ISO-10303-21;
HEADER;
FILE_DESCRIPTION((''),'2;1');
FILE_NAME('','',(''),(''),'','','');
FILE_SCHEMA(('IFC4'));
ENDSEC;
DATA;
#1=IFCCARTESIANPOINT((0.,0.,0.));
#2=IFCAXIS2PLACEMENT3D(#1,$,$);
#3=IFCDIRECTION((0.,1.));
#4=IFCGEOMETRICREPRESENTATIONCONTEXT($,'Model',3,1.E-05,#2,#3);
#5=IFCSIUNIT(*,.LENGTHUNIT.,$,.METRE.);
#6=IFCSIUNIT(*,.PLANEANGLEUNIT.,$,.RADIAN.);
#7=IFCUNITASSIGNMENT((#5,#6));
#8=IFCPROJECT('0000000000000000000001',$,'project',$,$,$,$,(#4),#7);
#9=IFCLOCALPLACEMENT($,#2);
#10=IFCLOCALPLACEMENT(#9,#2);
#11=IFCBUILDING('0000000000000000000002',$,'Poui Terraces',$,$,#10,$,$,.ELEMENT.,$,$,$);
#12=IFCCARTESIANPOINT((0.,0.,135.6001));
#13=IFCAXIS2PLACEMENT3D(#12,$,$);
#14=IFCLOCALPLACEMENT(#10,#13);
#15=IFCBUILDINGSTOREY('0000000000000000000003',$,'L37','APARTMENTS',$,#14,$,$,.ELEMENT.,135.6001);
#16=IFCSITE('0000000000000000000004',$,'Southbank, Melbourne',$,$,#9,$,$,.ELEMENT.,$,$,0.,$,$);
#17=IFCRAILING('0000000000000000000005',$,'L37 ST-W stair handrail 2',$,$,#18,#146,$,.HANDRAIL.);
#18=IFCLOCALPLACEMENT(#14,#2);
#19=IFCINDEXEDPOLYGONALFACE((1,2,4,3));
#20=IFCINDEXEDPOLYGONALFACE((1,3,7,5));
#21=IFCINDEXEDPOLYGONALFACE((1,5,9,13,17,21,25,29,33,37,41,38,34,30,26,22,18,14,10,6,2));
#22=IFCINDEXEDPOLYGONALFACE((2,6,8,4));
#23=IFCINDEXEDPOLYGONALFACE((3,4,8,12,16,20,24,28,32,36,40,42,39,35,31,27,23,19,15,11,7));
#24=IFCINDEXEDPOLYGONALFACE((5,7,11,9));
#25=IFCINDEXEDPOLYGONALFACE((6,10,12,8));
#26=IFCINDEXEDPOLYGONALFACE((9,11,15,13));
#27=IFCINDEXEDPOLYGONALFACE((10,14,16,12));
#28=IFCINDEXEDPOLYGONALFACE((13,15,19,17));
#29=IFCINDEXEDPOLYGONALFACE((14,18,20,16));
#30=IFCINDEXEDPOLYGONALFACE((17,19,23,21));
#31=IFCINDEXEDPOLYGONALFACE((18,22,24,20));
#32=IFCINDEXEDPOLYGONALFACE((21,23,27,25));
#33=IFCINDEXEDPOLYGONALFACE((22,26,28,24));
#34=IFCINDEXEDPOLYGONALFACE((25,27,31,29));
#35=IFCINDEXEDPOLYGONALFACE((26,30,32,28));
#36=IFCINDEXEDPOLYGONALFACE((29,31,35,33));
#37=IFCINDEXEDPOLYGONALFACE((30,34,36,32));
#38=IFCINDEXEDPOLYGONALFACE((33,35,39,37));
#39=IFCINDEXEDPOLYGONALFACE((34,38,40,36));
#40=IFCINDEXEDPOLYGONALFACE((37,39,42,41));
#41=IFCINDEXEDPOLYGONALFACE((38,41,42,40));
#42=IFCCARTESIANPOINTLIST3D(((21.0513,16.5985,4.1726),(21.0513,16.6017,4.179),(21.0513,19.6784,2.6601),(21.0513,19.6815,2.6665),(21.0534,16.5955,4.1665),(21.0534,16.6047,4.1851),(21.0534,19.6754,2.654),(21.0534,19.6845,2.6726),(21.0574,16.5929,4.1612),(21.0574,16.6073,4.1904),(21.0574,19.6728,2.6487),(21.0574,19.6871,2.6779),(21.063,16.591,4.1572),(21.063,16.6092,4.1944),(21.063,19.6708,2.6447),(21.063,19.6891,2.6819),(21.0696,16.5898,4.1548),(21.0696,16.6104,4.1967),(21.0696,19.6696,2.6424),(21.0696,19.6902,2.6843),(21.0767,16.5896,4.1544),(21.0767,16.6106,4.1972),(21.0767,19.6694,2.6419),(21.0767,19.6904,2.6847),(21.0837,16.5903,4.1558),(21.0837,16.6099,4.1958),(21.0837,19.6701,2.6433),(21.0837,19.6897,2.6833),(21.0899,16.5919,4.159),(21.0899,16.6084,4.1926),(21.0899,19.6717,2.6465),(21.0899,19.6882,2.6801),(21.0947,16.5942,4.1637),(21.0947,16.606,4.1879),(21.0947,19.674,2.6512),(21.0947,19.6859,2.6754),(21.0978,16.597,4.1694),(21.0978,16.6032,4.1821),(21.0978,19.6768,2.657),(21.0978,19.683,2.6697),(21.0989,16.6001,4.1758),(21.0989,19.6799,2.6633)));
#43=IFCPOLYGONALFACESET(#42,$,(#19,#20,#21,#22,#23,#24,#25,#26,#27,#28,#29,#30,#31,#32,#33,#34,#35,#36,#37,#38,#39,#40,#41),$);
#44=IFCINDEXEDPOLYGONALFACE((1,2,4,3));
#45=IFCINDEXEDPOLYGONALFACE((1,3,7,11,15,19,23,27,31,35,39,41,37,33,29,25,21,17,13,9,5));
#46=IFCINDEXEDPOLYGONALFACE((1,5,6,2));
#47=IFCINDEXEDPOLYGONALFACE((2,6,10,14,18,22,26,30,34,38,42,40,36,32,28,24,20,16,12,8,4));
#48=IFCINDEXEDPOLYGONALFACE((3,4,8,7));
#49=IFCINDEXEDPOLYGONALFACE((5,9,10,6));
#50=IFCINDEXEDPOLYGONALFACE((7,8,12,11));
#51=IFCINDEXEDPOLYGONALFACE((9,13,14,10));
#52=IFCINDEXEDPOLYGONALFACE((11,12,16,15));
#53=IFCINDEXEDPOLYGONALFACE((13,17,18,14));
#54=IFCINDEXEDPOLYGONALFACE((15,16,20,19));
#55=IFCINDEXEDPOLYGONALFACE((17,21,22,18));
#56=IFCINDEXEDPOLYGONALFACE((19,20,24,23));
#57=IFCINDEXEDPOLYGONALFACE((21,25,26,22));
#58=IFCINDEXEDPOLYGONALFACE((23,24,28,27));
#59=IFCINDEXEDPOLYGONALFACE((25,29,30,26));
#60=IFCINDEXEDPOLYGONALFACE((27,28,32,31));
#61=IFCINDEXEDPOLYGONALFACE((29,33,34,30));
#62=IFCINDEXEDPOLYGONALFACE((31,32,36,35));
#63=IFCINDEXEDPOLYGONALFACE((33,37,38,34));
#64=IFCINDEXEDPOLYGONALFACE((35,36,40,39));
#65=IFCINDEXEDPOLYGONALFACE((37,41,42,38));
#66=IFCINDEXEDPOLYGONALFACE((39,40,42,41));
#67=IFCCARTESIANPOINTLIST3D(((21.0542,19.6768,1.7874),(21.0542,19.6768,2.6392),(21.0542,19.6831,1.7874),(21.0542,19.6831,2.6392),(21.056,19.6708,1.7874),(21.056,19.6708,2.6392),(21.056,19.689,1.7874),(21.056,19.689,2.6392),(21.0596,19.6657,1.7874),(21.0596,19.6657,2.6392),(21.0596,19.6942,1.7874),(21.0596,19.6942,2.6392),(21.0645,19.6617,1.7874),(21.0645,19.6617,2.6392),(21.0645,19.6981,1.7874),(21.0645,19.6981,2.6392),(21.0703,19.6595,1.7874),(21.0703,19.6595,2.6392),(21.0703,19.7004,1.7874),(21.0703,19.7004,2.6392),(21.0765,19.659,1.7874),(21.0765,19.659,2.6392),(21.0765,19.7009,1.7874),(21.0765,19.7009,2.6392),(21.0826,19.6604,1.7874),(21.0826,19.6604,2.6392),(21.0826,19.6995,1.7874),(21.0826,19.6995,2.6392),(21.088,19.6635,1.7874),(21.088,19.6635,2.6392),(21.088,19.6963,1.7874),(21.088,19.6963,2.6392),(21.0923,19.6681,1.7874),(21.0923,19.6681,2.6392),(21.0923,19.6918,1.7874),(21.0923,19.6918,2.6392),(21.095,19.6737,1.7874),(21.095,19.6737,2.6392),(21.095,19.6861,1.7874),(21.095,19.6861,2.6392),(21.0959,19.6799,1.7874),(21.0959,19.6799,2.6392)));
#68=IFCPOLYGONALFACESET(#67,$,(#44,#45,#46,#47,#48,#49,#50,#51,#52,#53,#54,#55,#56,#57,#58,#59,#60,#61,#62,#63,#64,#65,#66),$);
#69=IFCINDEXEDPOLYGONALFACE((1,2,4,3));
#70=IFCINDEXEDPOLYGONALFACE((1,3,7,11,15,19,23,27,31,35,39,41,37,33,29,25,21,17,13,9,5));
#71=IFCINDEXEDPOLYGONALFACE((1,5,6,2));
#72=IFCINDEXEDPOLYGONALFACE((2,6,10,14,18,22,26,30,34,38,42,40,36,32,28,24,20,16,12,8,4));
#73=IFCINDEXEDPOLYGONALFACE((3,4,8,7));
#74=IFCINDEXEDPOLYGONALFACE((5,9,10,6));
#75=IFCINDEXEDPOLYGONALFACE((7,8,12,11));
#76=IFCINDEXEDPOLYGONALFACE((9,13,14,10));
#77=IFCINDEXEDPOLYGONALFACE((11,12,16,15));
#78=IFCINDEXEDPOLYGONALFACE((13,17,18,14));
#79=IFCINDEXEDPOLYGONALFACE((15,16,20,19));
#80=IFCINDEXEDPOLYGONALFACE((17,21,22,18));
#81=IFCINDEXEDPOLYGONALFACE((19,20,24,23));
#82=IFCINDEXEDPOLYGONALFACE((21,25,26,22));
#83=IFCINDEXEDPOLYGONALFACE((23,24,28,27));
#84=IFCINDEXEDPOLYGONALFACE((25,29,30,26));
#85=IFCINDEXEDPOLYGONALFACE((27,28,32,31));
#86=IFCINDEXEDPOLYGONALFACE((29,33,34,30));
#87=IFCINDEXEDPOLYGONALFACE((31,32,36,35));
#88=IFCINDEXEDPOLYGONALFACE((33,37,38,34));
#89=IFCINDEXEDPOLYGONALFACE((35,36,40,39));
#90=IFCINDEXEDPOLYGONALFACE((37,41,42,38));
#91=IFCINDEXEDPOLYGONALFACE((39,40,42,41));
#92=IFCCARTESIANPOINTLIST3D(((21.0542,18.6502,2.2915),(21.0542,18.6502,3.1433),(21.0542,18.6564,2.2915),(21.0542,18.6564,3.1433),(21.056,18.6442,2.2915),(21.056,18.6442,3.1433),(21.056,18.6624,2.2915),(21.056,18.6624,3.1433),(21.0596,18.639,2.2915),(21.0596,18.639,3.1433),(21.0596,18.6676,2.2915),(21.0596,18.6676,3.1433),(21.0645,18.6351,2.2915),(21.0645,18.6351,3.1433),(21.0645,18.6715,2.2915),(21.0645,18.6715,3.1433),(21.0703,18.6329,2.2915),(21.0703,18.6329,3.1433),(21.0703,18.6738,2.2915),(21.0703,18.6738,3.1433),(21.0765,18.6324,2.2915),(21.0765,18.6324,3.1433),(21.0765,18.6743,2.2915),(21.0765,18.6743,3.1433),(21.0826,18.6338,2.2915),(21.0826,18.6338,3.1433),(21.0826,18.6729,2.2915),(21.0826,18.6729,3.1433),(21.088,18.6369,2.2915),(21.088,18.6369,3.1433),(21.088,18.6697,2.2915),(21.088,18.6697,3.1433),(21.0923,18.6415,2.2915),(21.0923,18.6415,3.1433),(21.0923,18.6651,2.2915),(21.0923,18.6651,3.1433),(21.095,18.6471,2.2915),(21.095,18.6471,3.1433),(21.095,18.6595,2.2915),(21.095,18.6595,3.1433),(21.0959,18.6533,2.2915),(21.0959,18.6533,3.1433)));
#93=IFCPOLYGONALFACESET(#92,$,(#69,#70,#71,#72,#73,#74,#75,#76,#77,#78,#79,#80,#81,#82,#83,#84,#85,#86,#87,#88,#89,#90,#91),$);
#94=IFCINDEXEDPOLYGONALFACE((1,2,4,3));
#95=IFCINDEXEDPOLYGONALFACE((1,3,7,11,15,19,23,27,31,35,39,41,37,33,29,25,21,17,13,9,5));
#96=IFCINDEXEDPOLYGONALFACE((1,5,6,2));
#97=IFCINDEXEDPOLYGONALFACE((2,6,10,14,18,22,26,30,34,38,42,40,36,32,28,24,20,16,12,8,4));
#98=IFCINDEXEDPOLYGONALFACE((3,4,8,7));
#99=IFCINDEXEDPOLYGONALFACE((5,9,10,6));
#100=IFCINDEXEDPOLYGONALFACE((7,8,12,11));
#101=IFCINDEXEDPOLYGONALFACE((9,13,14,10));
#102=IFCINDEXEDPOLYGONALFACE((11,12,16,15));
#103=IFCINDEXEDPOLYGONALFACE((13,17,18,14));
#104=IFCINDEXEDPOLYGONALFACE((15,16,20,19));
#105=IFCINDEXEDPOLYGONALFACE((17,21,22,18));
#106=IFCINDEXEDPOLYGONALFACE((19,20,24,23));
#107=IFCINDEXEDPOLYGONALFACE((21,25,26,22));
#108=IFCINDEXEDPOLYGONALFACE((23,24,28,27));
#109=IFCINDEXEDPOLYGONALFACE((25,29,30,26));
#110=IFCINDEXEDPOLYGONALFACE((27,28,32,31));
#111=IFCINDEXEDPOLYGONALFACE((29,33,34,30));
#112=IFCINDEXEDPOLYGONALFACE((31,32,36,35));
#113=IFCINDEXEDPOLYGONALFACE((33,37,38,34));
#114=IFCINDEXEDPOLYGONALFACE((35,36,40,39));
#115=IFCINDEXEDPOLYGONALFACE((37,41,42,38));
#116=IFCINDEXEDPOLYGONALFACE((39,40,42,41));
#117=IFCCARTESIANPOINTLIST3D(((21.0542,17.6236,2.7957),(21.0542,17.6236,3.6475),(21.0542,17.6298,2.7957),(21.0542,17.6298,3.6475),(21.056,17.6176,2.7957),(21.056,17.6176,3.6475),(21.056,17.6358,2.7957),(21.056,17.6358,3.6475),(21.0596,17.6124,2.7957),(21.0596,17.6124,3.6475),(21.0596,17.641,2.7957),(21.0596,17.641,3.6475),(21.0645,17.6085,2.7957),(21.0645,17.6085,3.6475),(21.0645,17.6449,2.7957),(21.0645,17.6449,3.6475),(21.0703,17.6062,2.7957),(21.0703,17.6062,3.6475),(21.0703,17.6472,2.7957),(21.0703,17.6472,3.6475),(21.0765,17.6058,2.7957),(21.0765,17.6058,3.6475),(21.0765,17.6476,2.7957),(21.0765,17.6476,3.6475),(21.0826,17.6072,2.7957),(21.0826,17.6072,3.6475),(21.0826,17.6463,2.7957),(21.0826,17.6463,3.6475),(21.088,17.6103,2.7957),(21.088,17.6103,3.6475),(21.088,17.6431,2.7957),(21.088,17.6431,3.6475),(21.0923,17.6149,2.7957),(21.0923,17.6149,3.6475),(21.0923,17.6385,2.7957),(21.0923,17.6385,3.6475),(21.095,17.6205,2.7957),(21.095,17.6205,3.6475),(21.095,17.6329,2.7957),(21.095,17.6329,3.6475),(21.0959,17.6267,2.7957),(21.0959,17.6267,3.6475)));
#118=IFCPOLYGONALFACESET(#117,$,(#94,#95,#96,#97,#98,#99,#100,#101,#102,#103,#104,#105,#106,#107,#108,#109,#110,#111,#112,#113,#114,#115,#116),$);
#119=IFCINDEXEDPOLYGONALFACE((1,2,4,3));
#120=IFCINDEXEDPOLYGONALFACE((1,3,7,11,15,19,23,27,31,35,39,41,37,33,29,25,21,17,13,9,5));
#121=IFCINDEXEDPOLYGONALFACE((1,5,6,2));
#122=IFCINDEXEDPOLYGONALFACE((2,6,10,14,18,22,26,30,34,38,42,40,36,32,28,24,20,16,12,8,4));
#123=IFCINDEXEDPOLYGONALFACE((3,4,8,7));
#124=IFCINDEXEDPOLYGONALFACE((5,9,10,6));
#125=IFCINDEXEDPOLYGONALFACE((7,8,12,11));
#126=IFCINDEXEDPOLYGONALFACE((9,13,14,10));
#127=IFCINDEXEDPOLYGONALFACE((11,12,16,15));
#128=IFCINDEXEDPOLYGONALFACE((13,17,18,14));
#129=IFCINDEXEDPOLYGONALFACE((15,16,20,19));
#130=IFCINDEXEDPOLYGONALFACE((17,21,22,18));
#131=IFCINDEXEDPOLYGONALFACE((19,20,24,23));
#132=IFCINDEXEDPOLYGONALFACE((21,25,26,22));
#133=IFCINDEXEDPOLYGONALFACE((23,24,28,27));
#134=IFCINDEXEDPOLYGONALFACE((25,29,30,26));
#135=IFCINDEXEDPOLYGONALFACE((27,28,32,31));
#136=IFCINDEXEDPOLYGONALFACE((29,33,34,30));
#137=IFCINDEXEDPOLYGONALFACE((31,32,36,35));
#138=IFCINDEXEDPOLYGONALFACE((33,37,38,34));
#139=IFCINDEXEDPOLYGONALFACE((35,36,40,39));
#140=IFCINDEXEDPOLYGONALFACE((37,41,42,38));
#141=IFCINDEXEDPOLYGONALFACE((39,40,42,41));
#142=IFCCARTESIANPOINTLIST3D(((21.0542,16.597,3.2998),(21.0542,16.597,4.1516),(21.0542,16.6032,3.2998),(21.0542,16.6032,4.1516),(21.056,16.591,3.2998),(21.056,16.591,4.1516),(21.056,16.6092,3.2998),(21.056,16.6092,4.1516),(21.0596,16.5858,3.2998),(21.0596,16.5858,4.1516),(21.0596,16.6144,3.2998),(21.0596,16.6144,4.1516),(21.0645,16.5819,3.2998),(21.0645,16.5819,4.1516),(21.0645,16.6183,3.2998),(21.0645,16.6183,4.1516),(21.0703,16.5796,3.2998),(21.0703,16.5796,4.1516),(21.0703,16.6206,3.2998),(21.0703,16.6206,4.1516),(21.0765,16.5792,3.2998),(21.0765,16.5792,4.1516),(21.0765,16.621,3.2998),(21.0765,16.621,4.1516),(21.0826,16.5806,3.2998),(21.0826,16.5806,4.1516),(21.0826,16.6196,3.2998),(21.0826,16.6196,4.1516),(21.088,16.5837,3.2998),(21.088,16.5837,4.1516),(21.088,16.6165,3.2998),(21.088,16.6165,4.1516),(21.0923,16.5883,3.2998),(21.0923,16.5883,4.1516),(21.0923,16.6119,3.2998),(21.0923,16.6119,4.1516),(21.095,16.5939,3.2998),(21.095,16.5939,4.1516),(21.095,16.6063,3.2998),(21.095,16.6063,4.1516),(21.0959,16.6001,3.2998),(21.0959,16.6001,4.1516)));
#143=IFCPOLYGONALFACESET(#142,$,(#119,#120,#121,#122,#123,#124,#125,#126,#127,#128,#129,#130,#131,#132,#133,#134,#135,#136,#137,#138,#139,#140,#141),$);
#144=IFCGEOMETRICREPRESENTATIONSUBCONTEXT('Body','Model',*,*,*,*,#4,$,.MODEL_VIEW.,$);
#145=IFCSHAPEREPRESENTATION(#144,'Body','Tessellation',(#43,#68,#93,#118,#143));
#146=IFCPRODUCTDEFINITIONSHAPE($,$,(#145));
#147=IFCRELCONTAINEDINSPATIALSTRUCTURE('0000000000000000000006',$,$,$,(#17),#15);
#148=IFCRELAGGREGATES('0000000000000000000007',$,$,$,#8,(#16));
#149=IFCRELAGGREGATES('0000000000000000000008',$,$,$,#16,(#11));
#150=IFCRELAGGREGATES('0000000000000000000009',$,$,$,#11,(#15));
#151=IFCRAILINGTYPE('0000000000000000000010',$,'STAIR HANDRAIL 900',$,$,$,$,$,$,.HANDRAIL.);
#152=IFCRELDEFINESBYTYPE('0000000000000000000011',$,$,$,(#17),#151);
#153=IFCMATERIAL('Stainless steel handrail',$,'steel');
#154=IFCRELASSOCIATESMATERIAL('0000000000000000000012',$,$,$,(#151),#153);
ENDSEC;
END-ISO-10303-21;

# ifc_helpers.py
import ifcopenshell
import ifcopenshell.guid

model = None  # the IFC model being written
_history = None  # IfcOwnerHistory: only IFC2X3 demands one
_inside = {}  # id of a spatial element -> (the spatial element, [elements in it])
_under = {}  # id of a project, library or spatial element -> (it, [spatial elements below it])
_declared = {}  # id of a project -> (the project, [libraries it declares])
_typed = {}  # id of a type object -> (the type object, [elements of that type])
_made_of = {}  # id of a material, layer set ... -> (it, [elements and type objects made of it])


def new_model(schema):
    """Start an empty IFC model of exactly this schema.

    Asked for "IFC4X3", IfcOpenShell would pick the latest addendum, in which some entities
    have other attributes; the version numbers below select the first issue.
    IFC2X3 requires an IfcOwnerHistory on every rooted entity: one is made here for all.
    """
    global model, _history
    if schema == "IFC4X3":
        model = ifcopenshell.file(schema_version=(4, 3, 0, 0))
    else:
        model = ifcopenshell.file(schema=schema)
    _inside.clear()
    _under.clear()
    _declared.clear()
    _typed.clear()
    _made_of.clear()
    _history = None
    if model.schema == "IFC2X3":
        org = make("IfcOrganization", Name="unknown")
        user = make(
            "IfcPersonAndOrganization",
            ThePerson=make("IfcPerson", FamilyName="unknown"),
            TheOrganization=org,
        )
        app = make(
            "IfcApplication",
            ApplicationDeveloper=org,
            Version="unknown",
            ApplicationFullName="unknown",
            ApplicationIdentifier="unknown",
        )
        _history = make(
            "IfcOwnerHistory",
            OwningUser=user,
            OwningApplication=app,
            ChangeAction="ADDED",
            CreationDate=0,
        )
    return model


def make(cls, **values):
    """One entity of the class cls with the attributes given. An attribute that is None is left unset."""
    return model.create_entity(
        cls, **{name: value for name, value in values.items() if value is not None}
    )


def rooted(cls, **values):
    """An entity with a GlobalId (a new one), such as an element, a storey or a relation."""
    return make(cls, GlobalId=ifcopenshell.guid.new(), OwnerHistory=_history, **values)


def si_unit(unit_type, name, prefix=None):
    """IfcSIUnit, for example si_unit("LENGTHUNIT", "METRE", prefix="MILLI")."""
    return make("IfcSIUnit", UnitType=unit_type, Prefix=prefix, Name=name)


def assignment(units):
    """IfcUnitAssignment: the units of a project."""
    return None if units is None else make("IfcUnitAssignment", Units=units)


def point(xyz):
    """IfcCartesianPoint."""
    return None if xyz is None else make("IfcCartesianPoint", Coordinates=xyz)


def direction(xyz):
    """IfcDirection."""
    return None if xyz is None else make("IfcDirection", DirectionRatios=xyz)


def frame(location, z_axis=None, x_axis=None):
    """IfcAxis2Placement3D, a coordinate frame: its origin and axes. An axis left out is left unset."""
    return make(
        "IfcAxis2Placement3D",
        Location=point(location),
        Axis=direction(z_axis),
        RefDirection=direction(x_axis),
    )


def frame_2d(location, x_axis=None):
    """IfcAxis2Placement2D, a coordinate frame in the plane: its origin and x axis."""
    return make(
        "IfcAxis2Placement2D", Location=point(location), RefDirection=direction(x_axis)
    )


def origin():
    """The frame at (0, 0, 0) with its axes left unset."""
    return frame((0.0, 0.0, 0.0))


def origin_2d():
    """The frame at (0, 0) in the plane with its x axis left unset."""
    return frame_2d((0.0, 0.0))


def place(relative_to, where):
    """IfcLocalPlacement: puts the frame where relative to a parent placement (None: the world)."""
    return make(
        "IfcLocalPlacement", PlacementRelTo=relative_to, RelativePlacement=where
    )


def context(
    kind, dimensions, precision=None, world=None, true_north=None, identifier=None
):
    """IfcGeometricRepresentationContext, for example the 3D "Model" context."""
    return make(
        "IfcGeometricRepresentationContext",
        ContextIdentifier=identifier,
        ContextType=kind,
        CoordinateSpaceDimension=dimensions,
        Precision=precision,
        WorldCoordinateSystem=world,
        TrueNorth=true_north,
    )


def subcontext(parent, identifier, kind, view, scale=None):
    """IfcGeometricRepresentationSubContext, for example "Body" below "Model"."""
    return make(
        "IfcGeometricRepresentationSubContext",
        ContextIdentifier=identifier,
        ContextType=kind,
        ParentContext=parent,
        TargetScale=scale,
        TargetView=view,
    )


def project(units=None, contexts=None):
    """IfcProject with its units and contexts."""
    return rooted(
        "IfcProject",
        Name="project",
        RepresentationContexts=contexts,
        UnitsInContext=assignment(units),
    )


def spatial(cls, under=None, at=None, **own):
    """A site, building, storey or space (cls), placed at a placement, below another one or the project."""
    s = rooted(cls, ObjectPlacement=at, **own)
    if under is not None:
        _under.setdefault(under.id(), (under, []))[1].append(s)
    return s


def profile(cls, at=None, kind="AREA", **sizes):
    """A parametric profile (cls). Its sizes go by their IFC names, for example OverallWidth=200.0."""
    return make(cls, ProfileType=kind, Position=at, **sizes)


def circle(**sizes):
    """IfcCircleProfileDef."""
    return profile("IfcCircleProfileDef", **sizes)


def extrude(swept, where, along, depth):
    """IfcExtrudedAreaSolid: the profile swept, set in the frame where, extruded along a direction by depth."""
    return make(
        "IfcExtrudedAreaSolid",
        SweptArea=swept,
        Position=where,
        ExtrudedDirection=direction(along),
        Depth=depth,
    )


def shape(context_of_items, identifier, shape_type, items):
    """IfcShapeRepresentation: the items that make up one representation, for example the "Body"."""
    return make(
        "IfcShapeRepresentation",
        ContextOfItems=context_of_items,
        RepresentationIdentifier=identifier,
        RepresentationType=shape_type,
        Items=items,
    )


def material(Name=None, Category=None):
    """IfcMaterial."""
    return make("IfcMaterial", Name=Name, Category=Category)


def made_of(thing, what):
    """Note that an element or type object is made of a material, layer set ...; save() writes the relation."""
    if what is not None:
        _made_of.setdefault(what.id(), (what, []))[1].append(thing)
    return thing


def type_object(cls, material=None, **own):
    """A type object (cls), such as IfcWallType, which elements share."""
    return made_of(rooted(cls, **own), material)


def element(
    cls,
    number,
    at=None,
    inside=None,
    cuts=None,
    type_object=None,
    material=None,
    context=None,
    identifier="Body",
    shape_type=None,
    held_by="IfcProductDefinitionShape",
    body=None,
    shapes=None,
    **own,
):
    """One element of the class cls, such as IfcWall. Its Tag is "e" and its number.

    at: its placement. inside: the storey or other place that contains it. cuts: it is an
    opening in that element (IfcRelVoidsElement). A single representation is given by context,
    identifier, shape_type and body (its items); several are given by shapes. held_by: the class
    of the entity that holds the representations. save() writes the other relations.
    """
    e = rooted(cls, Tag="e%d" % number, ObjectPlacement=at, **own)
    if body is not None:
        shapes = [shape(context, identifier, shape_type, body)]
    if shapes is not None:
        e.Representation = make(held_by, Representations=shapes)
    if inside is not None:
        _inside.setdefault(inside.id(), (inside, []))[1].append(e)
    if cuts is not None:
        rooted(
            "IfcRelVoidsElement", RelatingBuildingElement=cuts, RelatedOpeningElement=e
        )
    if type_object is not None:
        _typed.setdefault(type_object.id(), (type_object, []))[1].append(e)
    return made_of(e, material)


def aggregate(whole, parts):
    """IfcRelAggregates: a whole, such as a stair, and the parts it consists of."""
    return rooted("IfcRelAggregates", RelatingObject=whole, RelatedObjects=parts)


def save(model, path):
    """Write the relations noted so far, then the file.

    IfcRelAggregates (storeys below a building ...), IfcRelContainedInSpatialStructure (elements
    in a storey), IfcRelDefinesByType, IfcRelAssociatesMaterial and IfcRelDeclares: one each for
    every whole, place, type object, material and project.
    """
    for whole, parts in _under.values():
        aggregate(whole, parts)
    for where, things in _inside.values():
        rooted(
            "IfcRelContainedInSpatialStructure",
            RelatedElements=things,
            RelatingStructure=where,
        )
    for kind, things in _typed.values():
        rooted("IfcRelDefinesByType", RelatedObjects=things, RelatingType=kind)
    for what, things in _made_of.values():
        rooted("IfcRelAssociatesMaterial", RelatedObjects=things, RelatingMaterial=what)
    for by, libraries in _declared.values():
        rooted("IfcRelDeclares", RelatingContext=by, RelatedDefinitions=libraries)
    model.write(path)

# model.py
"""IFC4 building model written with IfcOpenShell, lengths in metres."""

from ifc_helpers import new_model, si_unit, direction, frame, origin, origin_2d, place, context, subcontext, project, spatial, circle, extrude, material, type_object, element, save


model = new_model("IFC4")

# Units and contexts
model_context = context("Model", 3, precision=1e-05, world=origin(), true_north=direction((0.0, 1.0)))
body_context = subcontext(model_context, "Body", "Model", "MODEL_VIEW")
ifc_project = project(units=[si_unit("LENGTHUNIT", "METRE"), si_unit("PLANEANGLEUNIT", "RADIAN")], contexts=[model_context])

# Site, building, storey
site_placement = place(None, origin())
site = spatial("IfcSite", under=ifc_project, at=site_placement, Name="Southbank, Melbourne", CompositionType="ELEMENT", RefElevation=0.0)
building_placement = place(site_placement, origin())
building = spatial("IfcBuilding", under=site, at=building_placement, Name="Poui Terraces", CompositionType="ELEMENT")
storey_placement = place(building_placement, frame((0.0, 0.0, 135.6001)))
storey = spatial("IfcBuildingStorey", under=building, at=storey_placement, Name="L37", Description="APARTMENTS", CompositionType="ELEMENT", Elevation=135.6001)

# Railing
ifc_material_1 = material(Name="Stainless steel handrail", Category="steel")
railing_type = type_object("IfcRailingType", Name="STAIR HANDRAIL 900", PredefinedType="HANDRAIL", material=ifc_material_1)
railing_placement = place(storey_placement, frame((21.075, 19.6799, 1.7874)))
element("IfcRailing", 1, at=railing_placement, inside=storey, type_object=railing_type, Name="L37 ST-W stair handrail 2", PredefinedType="HANDRAIL", context=body_context, shape_type="SweptSolid", body=[
    extrude(circle(Radius=0.0239, at=origin_2d()), frame((0.0, 0.0, 0.876), z_axis=(0.0, -0.897606, 0.440798), x_axis=(1.0, 0.0, 0.0)), (0.0, 0.0, 1.0), 3.4312),
    extrude(circle(Radius=0.021, at=origin_2d()), origin(), (0.0, 0.0, 1.0), 0.8518),
    extrude(circle(Radius=0.021, at=origin_2d()), frame((0.0, -1.0266, 0.5042)), (0.0, 0.0, 1.0), 0.8518),
    extrude(circle(Radius=0.021, at=origin_2d()), frame((0.0, -2.0532, 1.0083)), (0.0, 0.0, 1.0), 0.8518),
    extrude(circle(Radius=0.021, at=origin_2d()), frame((0.0, -3.0798, 1.5125)), (0.0, 0.0, 1.0), 0.8518),
])

save(model, "model.ifc")
